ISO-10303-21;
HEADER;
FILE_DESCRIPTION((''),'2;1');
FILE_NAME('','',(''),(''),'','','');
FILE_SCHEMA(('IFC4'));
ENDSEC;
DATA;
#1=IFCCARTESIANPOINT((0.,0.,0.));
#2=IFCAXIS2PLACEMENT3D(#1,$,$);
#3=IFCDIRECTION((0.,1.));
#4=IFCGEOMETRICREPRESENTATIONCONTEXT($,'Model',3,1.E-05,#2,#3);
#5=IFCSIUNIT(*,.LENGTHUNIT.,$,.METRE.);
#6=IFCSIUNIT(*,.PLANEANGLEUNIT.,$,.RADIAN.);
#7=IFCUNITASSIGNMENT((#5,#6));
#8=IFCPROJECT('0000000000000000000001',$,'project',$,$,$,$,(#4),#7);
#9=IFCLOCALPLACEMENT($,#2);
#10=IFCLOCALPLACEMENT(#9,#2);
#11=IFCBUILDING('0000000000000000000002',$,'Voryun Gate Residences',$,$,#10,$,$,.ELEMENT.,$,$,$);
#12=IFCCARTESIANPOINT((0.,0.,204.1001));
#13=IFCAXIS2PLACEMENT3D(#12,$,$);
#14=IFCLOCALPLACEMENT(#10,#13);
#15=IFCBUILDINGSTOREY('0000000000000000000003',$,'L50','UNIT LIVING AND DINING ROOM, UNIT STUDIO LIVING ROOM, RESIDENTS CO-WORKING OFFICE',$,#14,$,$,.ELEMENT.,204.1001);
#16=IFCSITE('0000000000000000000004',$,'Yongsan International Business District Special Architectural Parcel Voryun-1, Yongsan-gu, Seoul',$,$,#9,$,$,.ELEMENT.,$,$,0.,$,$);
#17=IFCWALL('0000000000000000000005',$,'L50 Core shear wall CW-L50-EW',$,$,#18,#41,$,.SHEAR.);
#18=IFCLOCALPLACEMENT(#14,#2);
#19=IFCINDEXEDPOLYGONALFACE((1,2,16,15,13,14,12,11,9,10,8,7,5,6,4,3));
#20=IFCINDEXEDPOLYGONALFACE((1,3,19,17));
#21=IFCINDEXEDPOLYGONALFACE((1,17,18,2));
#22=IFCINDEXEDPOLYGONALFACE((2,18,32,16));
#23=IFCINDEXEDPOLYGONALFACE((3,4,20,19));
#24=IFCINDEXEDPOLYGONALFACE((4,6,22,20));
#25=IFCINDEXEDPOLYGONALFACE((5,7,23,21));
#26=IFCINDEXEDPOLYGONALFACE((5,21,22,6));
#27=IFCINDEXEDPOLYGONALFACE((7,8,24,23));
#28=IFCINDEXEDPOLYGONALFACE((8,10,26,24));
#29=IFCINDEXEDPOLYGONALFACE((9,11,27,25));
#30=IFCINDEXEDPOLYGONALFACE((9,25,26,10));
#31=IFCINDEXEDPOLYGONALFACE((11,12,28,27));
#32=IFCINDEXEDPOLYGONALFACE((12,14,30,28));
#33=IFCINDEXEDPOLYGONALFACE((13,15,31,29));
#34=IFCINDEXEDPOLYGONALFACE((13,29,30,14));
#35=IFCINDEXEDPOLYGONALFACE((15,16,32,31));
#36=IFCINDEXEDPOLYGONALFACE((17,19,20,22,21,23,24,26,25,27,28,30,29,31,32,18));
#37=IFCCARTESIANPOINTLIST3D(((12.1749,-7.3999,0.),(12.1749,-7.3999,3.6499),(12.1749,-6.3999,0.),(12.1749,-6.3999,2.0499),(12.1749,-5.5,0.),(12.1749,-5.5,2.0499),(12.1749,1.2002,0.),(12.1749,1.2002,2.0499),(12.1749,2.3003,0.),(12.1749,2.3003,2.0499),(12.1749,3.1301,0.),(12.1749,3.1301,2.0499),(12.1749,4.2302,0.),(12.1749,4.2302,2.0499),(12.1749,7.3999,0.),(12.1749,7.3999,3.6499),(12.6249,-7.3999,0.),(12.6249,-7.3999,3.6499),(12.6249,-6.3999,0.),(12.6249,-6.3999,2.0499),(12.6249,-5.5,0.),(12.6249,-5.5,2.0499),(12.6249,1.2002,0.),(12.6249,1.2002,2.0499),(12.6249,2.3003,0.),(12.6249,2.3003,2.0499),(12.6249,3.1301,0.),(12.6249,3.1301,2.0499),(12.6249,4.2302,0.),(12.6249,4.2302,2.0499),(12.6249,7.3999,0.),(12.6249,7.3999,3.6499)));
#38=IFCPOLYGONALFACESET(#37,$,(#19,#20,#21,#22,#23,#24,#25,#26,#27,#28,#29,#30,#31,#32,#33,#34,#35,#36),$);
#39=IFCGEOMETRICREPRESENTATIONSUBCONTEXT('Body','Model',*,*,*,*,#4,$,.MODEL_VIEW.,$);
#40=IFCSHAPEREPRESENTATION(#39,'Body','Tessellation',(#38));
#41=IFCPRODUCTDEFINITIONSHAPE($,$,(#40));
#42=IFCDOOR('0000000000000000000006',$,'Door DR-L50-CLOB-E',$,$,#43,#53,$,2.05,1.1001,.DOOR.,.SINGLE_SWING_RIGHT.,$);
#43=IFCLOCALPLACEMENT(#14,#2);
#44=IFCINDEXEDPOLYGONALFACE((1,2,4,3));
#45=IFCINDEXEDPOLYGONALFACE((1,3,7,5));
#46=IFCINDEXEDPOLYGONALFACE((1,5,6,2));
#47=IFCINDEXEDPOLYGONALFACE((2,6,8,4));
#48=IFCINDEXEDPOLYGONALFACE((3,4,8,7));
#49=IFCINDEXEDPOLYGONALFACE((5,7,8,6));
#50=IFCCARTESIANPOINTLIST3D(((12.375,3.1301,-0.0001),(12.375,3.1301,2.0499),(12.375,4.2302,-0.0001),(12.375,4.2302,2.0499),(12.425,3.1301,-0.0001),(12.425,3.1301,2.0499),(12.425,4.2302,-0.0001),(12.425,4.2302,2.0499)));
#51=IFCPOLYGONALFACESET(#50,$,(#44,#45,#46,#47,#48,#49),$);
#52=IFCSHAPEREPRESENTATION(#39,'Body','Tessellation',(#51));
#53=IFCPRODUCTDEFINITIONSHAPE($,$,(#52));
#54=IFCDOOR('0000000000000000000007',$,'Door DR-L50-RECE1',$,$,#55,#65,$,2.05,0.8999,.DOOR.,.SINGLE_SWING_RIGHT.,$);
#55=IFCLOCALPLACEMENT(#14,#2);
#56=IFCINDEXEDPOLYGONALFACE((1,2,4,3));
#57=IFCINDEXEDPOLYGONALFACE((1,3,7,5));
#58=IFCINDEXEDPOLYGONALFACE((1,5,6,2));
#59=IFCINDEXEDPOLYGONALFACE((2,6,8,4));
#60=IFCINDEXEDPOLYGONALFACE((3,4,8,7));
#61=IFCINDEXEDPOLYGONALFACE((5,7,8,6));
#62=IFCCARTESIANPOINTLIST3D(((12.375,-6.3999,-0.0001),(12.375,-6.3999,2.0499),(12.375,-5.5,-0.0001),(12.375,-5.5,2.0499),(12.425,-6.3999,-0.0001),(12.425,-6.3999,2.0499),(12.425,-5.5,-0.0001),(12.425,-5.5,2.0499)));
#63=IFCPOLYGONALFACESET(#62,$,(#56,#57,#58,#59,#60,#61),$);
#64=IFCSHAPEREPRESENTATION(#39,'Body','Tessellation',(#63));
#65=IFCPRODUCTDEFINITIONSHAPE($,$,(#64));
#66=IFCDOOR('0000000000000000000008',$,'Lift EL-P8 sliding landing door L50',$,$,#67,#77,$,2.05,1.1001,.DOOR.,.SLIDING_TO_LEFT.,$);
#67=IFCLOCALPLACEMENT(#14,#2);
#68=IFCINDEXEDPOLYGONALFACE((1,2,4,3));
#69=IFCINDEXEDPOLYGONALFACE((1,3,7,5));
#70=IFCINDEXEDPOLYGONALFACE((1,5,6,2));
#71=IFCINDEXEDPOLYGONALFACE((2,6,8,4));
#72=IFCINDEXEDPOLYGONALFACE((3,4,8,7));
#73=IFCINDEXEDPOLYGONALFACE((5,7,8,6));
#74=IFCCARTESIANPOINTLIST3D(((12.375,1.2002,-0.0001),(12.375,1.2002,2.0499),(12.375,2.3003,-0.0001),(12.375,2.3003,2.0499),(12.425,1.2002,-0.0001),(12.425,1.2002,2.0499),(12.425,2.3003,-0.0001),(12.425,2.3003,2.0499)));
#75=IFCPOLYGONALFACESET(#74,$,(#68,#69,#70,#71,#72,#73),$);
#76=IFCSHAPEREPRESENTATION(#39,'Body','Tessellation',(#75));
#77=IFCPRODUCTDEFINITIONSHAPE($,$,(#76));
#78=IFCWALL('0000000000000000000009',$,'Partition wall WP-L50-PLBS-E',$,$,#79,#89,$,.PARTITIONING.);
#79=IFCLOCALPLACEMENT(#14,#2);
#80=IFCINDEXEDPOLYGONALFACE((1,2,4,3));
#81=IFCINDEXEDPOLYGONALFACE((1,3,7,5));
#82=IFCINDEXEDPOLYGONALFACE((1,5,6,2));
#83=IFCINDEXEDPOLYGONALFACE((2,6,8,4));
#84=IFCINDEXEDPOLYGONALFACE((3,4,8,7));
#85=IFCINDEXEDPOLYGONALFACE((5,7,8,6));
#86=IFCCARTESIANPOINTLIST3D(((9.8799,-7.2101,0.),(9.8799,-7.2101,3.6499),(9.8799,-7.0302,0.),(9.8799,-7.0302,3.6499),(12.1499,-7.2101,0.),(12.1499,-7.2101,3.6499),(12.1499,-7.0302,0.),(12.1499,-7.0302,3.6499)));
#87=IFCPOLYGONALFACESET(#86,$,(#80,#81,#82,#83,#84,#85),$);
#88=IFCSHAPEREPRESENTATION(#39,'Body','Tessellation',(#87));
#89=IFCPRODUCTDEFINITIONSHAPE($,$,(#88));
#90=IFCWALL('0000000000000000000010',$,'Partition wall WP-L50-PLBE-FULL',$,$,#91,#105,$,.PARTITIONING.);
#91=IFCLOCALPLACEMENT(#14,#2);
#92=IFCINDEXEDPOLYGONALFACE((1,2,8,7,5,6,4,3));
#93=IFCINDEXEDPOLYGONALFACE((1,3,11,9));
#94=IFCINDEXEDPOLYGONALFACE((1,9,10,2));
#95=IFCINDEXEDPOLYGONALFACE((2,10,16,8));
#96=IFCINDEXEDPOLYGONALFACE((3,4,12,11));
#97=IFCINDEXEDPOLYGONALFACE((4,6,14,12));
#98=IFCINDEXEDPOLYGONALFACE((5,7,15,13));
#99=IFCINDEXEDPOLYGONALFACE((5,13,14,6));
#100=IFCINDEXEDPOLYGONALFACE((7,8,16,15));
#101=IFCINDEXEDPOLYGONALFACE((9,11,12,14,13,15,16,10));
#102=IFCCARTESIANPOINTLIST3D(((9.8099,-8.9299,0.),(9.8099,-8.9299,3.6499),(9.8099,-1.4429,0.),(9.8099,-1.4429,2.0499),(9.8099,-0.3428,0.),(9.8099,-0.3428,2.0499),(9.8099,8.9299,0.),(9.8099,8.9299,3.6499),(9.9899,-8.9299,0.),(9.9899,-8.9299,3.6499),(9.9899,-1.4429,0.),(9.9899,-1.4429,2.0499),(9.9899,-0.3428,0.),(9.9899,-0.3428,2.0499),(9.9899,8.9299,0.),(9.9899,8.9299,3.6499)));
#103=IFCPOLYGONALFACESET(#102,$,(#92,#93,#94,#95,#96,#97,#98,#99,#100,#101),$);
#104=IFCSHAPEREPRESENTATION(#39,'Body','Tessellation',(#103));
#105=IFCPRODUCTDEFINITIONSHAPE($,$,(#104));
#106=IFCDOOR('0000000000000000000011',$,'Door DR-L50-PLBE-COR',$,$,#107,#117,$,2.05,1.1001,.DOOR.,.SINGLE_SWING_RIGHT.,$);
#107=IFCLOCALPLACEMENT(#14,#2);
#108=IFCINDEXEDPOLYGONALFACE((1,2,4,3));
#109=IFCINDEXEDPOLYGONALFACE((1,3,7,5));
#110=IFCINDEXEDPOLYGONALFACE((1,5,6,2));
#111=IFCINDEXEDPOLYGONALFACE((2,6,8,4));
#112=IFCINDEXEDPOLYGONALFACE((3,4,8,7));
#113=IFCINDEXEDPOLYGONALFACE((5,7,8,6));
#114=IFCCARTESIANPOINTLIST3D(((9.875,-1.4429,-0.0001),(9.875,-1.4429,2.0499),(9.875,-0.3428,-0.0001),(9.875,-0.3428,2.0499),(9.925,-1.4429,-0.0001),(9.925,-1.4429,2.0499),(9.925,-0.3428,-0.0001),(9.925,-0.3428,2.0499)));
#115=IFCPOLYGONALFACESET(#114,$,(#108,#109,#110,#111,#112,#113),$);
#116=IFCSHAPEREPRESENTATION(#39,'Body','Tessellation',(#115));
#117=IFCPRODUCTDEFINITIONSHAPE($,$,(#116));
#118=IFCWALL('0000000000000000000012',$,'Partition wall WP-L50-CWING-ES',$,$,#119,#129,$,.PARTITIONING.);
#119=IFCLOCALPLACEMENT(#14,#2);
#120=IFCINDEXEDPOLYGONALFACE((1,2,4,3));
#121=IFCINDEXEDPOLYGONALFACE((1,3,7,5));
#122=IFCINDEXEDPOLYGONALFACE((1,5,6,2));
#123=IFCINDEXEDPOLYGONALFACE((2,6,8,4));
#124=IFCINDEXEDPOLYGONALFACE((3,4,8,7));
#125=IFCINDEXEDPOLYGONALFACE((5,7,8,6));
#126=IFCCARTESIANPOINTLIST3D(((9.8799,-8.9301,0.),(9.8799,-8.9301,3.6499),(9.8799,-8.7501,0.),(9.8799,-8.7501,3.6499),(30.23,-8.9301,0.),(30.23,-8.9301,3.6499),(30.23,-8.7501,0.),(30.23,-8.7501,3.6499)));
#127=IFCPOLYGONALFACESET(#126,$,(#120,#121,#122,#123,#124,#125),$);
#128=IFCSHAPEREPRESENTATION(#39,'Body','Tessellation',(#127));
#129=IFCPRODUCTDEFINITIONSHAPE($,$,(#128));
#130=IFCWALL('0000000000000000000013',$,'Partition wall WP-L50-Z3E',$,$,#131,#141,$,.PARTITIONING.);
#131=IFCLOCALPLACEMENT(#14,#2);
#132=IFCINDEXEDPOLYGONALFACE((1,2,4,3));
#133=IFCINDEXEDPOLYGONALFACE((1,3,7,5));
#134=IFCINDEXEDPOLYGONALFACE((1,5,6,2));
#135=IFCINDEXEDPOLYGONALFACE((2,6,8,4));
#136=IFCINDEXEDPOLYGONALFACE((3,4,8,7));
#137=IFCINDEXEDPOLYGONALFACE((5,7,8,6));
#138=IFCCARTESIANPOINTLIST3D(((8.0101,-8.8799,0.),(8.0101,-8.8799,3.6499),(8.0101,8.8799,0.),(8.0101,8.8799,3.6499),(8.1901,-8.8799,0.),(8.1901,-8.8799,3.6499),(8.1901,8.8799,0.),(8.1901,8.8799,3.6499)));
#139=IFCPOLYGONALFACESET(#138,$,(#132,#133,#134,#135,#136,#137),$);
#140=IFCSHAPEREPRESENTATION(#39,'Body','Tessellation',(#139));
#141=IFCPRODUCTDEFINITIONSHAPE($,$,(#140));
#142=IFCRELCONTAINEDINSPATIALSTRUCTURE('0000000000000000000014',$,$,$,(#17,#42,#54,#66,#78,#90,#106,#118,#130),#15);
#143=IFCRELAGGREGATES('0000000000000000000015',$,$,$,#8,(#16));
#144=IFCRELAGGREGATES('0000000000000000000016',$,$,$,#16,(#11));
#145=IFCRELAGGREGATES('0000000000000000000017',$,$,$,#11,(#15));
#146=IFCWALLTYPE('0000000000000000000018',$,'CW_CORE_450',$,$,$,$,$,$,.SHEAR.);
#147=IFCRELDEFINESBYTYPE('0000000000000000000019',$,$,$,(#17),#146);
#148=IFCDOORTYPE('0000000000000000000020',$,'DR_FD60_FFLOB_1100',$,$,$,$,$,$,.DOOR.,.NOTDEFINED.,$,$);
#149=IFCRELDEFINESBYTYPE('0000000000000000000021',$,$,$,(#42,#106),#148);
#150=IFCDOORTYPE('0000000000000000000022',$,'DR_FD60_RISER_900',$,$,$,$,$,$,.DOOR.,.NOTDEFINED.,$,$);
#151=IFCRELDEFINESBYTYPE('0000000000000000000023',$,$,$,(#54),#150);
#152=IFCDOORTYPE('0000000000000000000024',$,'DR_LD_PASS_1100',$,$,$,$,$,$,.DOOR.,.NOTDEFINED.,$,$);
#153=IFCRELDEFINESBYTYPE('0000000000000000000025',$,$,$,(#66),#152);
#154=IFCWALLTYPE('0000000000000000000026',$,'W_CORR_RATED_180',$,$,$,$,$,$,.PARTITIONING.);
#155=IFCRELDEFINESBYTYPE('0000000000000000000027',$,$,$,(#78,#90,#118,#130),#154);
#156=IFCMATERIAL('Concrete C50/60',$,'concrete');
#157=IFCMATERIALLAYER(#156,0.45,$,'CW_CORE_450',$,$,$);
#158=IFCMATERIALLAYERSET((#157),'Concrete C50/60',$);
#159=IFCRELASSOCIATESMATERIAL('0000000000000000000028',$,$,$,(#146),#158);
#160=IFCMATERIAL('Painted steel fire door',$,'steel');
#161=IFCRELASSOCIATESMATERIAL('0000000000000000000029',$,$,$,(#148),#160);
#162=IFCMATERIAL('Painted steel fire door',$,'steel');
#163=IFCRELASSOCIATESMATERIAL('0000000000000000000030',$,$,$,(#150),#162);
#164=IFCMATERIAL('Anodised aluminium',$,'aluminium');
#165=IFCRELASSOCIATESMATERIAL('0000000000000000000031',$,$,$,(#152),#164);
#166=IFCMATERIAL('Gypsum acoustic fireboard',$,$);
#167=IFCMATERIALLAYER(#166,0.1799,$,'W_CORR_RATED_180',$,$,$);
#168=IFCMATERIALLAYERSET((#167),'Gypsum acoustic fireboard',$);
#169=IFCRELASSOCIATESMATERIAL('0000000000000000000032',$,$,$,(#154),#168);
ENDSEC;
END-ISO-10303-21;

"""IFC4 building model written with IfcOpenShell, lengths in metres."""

from ifc_helpers import new_model, si_unit, direction, frame, frame_2d, origin, place, context, subcontext, project, spatial, rectangle, extrude, material, layer, layer_set, type_object, element, fill, save


model = new_model("IFC4")

# Units and contexts
model_context = context("Model", 3, precision=1e-05, world=origin(), true_north=direction((0.0, 1.0)))
body_context = subcontext(model_context, "Body", "Model", "MODEL_VIEW")
ifc_project = project(units=[si_unit("LENGTHUNIT", "METRE"), si_unit("PLANEANGLEUNIT", "RADIAN")], contexts=[model_context])

# Site, building, storey
site_placement = place(None, origin())
site = spatial("IfcSite", under=ifc_project, at=site_placement, Name="Yongsan International Business District Special Architectural Parcel Voryun-1, Yongsan-gu, Seoul", CompositionType="ELEMENT", RefElevation=0.0)
building_placement = place(site_placement, origin())
building = spatial("IfcBuilding", under=site, at=building_placement, Name="Voryun Gate Residences", CompositionType="ELEMENT")
storey_placement = place(building_placement, frame((0.0, 0.0, 204.1001)))
storey = spatial("IfcBuildingStorey", under=building, at=storey_placement, Name="L50", Description="UNIT LIVING AND DINING ROOM, UNIT STUDIO LIVING ROOM, RESIDENTS CO-WORKING OFFICE", CompositionType="ELEMENT", Elevation=204.1001)

# Shared definitions
ifc_material_1 = material(Name="Concrete C50/60", Category="concrete")
ifc_layer_1 = layer(ifc_material_1, 0.45, Name="CW_CORE_450")
ifc_layer_set_1 = layer_set([ifc_layer_1], Name="Concrete C50/60")
wall_type_1 = type_object("IfcWallType", Name="CW_CORE_450", PredefinedType="SHEAR", material=ifc_layer_set_1)

# Wall, openings, doors
wall_1_placement = place(storey_placement, frame((12.3999, -7.3999, 0.0), z_axis=(0.0, 0.0, 1.0), x_axis=(0.0, 1.0, 0.0)))
wall_1 = element("IfcWall", 1, at=wall_1_placement, inside=storey, type_object=wall_type_1, Name="L50 Core shear wall CW-L50-EW", PredefinedType="SHEAR", context=body_context, shape_type="SweptSolid", body=[
    extrude(rectangle(XDim=14.7998, YDim=0.45, at=frame_2d((7.3999, 0.0))), origin(), (0.0, 0.0, 1.0), 3.6499),
])
opening_1_placement = place(wall_1_placement, frame((8.6001, 0.0, 0.0)))
opening_1 = element("IfcOpeningElement", 2, at=opening_1_placement, cuts=wall_1, PredefinedType="OPENING", context=body_context, shape_type="SweptSolid", body=[
    extrude(rectangle(XDim=1.1001, YDim=2.05, at=frame_2d((0.55, 1.0249))), frame((0.0, 0.2351, 0.0), z_axis=(0.0, -1.0, 0.0), x_axis=(1.0, 0.0, 0.0)), (0.0, 0.0, 1.0), 0.47),
])
opening_2_placement = place(wall_1_placement, frame((10.53, 0.0, 0.0)))
opening_2 = element("IfcOpeningElement", 3, at=opening_2_placement, cuts=wall_1, PredefinedType="OPENING", context=body_context, shape_type="SweptSolid", body=[
    extrude(rectangle(XDim=1.1001, YDim=2.05, at=frame_2d((0.55, 1.0249))), frame((0.0, 0.2351, 0.0), z_axis=(0.0, -1.0, 0.0), x_axis=(1.0, 0.0, 0.0)), (0.0, 0.0, 1.0), 0.47),
])
opening_3_placement = place(wall_1_placement, frame((1.0, 0.0, 0.0)))
opening_3 = element("IfcOpeningElement", 4, at=opening_3_placement, cuts=wall_1, PredefinedType="OPENING", context=body_context, shape_type="SweptSolid", body=[
    extrude(rectangle(XDim=0.8999, YDim=2.05, at=frame_2d((0.45, 1.0249))), frame((0.0, 0.2351, 0.0), z_axis=(0.0, -1.0, 0.0), x_axis=(1.0, 0.0, 0.0)), (0.0, 0.0, 1.0), 0.47),
])
ifc_material_2 = material(Name="Painted steel fire door", Category="steel")
door_type_1 = type_object("IfcDoorType", Name="DR_FD60_FFLOB_1100", OperationType="NOTDEFINED", PredefinedType="DOOR", material=ifc_material_2)
door_1_placement = place(opening_2_placement, origin())
door_1 = element("IfcDoor", 5, at=door_1_placement, inside=storey, type_object=door_type_1, Name="Door DR-L50-CLOB-E", OperationType="SINGLE_SWING_RIGHT", OverallHeight=2.05, OverallWidth=1.1001, PredefinedType="DOOR", context=body_context, shape_type="SweptSolid", body=[
    extrude(rectangle(XDim=1.1001, YDim=2.05, at=frame_2d((0.55, 1.0249))), frame((0.0, 0.0249, 0.0), z_axis=(0.0, -1.0, 0.0), x_axis=(1.0, 0.0, 0.0)), (0.0, 0.0, 1.0), 0.05),
])
fill(opening_2, door_1)
ifc_material_3 = material(Name="Painted steel fire door", Category="steel")
door_type_2 = type_object("IfcDoorType", Name="DR_FD60_RISER_900", OperationType="NOTDEFINED", PredefinedType="DOOR", material=ifc_material_3)
door_2_placement = place(opening_3_placement, origin())
door_2 = element("IfcDoor", 6, at=door_2_placement, inside=storey, type_object=door_type_2, Name="Door DR-L50-RECE1", OperationType="SINGLE_SWING_RIGHT", OverallHeight=2.05, OverallWidth=0.8999, PredefinedType="DOOR", context=body_context, shape_type="SweptSolid", body=[
    extrude(rectangle(XDim=0.8999, YDim=2.05, at=frame_2d((0.45, 1.0249))), frame((0.0, 0.0249, 0.0), z_axis=(0.0, -1.0, 0.0), x_axis=(1.0, 0.0, 0.0)), (0.0, 0.0, 1.0), 0.05),
])
fill(opening_3, door_2)
ifc_material_4 = material(Name="Anodised aluminium", Category="aluminium")
door_type_3 = type_object("IfcDoorType", Name="DR_LD_PASS_1100", OperationType="NOTDEFINED", PredefinedType="DOOR", material=ifc_material_4)
door_3_placement = place(opening_1_placement, origin())
door_3 = element("IfcDoor", 7, at=door_3_placement, inside=storey, type_object=door_type_3, Name="Lift EL-P8 sliding landing door L50", OperationType="SLIDING_TO_LEFT", OverallHeight=2.05, OverallWidth=1.1001, PredefinedType="DOOR", context=body_context, shape_type="SweptSolid", body=[
    extrude(rectangle(XDim=1.1001, YDim=2.05, at=frame_2d((0.55, 1.0249))), frame((0.0, 0.0249, 0.0), z_axis=(0.0, -1.0, 0.0), x_axis=(1.0, 0.0, 0.0)), (0.0, 0.0, 1.0), 0.05),
])
fill(opening_1, door_3)

# Wall
ifc_material_5 = material(Name="Gypsum acoustic fireboard")
ifc_layer_2 = layer(ifc_material_5, 0.1799, Name="W_CORR_RATED_180")
ifc_layer_set_2 = layer_set([ifc_layer_2], Name="Gypsum acoustic fireboard")
wall_type_2 = type_object("IfcWallType", Name="W_CORR_RATED_180", PredefinedType="PARTITIONING", material=ifc_layer_set_2)
wall_2_placement = place(storey_placement, frame((9.8799, -7.1201, 0.0), z_axis=(0.0, 0.0, 1.0), x_axis=(1.0, 0.0, 0.0)))
element("IfcWall", 8, at=wall_2_placement, inside=storey, type_object=wall_type_2, Name="Partition wall WP-L50-PLBS-E", PredefinedType="PARTITIONING", context=body_context, shape_type="SweptSolid", body=[
    extrude(rectangle(XDim=2.27, YDim=0.1799, at=frame_2d((1.135, 0.0))), origin(), (0.0, 0.0, 1.0), 3.6499),
])

# Wall, opening, door
wall_3_placement = place(storey_placement, frame((9.8999, -8.9299, 0.0), z_axis=(0.0, 0.0, 1.0), x_axis=(0.0, 1.0, 0.0)))
wall_3 = element("IfcWall", 9, at=wall_3_placement, inside=storey, type_object=wall_type_2, Name="Partition wall WP-L50-PLBE-FULL", PredefinedType="PARTITIONING", context=body_context, shape_type="SweptSolid", body=[
    extrude(rectangle(XDim=17.8599, YDim=0.1799, at=frame_2d((8.9299, 0.0))), origin(), (0.0, 0.0, 1.0), 3.6499),
])
opening_4_placement = place(wall_3_placement, frame((7.4871, 0.0, 0.0)))
opening_4 = element("IfcOpeningElement", 10, at=opening_4_placement, cuts=wall_3, PredefinedType="OPENING", context=body_context, shape_type="SweptSolid", body=[
    extrude(rectangle(XDim=1.1001, YDim=2.05, at=frame_2d((0.55, 1.0249))), frame((0.0, 0.0999, 0.0), z_axis=(0.0, -1.0, 0.0), x_axis=(1.0, 0.0, 0.0)), (0.0, 0.0, 1.0), 0.2),
])
door_4_placement = place(opening_4_placement, origin())
door_4 = element("IfcDoor", 11, at=door_4_placement, inside=storey, type_object=door_type_1, Name="Door DR-L50-PLBE-COR", OperationType="SINGLE_SWING_RIGHT", OverallHeight=2.05, OverallWidth=1.1001, PredefinedType="DOOR", context=body_context, shape_type="SweptSolid", body=[
    extrude(rectangle(XDim=1.1001, YDim=2.05, at=frame_2d((0.55, 1.0249))), frame((0.0, 0.0249, 0.0), z_axis=(0.0, -1.0, 0.0), x_axis=(1.0, 0.0, 0.0)), (0.0, 0.0, 1.0), 0.05),
])
fill(opening_4, door_4)

# Walls
wall_4_placement = place(storey_placement, frame((9.8799, -8.8401, 0.0), z_axis=(0.0, 0.0, 1.0), x_axis=(1.0, 0.0, 0.0)))
element("IfcWall", 12, at=wall_4_placement, inside=storey, type_object=wall_type_2, Name="Partition wall WP-L50-CWING-ES", PredefinedType="PARTITIONING", context=body_context, shape_type="SweptSolid", body=[
    extrude(rectangle(XDim=20.3501, YDim=0.1799, at=frame_2d((10.175, 0.0))), origin(), (0.0, 0.0, 1.0), 3.6499),
])
wall_5_placement = place(storey_placement, frame((8.1001, -8.8799, 0.0), z_axis=(0.0, 0.0, 1.0), x_axis=(0.0, 1.0, 0.0)))
element("IfcWall", 13, at=wall_5_placement, inside=storey, type_object=wall_type_2, Name="Partition wall WP-L50-Z3E", PredefinedType="PARTITIONING", context=body_context, shape_type="SweptSolid", body=[
    extrude(rectangle(XDim=17.7598, YDim=0.1799, at=frame_2d((8.8799, 0.0))), origin(), (0.0, 0.0, 1.0), 3.6499),
])

save(model, "model.ifc")
